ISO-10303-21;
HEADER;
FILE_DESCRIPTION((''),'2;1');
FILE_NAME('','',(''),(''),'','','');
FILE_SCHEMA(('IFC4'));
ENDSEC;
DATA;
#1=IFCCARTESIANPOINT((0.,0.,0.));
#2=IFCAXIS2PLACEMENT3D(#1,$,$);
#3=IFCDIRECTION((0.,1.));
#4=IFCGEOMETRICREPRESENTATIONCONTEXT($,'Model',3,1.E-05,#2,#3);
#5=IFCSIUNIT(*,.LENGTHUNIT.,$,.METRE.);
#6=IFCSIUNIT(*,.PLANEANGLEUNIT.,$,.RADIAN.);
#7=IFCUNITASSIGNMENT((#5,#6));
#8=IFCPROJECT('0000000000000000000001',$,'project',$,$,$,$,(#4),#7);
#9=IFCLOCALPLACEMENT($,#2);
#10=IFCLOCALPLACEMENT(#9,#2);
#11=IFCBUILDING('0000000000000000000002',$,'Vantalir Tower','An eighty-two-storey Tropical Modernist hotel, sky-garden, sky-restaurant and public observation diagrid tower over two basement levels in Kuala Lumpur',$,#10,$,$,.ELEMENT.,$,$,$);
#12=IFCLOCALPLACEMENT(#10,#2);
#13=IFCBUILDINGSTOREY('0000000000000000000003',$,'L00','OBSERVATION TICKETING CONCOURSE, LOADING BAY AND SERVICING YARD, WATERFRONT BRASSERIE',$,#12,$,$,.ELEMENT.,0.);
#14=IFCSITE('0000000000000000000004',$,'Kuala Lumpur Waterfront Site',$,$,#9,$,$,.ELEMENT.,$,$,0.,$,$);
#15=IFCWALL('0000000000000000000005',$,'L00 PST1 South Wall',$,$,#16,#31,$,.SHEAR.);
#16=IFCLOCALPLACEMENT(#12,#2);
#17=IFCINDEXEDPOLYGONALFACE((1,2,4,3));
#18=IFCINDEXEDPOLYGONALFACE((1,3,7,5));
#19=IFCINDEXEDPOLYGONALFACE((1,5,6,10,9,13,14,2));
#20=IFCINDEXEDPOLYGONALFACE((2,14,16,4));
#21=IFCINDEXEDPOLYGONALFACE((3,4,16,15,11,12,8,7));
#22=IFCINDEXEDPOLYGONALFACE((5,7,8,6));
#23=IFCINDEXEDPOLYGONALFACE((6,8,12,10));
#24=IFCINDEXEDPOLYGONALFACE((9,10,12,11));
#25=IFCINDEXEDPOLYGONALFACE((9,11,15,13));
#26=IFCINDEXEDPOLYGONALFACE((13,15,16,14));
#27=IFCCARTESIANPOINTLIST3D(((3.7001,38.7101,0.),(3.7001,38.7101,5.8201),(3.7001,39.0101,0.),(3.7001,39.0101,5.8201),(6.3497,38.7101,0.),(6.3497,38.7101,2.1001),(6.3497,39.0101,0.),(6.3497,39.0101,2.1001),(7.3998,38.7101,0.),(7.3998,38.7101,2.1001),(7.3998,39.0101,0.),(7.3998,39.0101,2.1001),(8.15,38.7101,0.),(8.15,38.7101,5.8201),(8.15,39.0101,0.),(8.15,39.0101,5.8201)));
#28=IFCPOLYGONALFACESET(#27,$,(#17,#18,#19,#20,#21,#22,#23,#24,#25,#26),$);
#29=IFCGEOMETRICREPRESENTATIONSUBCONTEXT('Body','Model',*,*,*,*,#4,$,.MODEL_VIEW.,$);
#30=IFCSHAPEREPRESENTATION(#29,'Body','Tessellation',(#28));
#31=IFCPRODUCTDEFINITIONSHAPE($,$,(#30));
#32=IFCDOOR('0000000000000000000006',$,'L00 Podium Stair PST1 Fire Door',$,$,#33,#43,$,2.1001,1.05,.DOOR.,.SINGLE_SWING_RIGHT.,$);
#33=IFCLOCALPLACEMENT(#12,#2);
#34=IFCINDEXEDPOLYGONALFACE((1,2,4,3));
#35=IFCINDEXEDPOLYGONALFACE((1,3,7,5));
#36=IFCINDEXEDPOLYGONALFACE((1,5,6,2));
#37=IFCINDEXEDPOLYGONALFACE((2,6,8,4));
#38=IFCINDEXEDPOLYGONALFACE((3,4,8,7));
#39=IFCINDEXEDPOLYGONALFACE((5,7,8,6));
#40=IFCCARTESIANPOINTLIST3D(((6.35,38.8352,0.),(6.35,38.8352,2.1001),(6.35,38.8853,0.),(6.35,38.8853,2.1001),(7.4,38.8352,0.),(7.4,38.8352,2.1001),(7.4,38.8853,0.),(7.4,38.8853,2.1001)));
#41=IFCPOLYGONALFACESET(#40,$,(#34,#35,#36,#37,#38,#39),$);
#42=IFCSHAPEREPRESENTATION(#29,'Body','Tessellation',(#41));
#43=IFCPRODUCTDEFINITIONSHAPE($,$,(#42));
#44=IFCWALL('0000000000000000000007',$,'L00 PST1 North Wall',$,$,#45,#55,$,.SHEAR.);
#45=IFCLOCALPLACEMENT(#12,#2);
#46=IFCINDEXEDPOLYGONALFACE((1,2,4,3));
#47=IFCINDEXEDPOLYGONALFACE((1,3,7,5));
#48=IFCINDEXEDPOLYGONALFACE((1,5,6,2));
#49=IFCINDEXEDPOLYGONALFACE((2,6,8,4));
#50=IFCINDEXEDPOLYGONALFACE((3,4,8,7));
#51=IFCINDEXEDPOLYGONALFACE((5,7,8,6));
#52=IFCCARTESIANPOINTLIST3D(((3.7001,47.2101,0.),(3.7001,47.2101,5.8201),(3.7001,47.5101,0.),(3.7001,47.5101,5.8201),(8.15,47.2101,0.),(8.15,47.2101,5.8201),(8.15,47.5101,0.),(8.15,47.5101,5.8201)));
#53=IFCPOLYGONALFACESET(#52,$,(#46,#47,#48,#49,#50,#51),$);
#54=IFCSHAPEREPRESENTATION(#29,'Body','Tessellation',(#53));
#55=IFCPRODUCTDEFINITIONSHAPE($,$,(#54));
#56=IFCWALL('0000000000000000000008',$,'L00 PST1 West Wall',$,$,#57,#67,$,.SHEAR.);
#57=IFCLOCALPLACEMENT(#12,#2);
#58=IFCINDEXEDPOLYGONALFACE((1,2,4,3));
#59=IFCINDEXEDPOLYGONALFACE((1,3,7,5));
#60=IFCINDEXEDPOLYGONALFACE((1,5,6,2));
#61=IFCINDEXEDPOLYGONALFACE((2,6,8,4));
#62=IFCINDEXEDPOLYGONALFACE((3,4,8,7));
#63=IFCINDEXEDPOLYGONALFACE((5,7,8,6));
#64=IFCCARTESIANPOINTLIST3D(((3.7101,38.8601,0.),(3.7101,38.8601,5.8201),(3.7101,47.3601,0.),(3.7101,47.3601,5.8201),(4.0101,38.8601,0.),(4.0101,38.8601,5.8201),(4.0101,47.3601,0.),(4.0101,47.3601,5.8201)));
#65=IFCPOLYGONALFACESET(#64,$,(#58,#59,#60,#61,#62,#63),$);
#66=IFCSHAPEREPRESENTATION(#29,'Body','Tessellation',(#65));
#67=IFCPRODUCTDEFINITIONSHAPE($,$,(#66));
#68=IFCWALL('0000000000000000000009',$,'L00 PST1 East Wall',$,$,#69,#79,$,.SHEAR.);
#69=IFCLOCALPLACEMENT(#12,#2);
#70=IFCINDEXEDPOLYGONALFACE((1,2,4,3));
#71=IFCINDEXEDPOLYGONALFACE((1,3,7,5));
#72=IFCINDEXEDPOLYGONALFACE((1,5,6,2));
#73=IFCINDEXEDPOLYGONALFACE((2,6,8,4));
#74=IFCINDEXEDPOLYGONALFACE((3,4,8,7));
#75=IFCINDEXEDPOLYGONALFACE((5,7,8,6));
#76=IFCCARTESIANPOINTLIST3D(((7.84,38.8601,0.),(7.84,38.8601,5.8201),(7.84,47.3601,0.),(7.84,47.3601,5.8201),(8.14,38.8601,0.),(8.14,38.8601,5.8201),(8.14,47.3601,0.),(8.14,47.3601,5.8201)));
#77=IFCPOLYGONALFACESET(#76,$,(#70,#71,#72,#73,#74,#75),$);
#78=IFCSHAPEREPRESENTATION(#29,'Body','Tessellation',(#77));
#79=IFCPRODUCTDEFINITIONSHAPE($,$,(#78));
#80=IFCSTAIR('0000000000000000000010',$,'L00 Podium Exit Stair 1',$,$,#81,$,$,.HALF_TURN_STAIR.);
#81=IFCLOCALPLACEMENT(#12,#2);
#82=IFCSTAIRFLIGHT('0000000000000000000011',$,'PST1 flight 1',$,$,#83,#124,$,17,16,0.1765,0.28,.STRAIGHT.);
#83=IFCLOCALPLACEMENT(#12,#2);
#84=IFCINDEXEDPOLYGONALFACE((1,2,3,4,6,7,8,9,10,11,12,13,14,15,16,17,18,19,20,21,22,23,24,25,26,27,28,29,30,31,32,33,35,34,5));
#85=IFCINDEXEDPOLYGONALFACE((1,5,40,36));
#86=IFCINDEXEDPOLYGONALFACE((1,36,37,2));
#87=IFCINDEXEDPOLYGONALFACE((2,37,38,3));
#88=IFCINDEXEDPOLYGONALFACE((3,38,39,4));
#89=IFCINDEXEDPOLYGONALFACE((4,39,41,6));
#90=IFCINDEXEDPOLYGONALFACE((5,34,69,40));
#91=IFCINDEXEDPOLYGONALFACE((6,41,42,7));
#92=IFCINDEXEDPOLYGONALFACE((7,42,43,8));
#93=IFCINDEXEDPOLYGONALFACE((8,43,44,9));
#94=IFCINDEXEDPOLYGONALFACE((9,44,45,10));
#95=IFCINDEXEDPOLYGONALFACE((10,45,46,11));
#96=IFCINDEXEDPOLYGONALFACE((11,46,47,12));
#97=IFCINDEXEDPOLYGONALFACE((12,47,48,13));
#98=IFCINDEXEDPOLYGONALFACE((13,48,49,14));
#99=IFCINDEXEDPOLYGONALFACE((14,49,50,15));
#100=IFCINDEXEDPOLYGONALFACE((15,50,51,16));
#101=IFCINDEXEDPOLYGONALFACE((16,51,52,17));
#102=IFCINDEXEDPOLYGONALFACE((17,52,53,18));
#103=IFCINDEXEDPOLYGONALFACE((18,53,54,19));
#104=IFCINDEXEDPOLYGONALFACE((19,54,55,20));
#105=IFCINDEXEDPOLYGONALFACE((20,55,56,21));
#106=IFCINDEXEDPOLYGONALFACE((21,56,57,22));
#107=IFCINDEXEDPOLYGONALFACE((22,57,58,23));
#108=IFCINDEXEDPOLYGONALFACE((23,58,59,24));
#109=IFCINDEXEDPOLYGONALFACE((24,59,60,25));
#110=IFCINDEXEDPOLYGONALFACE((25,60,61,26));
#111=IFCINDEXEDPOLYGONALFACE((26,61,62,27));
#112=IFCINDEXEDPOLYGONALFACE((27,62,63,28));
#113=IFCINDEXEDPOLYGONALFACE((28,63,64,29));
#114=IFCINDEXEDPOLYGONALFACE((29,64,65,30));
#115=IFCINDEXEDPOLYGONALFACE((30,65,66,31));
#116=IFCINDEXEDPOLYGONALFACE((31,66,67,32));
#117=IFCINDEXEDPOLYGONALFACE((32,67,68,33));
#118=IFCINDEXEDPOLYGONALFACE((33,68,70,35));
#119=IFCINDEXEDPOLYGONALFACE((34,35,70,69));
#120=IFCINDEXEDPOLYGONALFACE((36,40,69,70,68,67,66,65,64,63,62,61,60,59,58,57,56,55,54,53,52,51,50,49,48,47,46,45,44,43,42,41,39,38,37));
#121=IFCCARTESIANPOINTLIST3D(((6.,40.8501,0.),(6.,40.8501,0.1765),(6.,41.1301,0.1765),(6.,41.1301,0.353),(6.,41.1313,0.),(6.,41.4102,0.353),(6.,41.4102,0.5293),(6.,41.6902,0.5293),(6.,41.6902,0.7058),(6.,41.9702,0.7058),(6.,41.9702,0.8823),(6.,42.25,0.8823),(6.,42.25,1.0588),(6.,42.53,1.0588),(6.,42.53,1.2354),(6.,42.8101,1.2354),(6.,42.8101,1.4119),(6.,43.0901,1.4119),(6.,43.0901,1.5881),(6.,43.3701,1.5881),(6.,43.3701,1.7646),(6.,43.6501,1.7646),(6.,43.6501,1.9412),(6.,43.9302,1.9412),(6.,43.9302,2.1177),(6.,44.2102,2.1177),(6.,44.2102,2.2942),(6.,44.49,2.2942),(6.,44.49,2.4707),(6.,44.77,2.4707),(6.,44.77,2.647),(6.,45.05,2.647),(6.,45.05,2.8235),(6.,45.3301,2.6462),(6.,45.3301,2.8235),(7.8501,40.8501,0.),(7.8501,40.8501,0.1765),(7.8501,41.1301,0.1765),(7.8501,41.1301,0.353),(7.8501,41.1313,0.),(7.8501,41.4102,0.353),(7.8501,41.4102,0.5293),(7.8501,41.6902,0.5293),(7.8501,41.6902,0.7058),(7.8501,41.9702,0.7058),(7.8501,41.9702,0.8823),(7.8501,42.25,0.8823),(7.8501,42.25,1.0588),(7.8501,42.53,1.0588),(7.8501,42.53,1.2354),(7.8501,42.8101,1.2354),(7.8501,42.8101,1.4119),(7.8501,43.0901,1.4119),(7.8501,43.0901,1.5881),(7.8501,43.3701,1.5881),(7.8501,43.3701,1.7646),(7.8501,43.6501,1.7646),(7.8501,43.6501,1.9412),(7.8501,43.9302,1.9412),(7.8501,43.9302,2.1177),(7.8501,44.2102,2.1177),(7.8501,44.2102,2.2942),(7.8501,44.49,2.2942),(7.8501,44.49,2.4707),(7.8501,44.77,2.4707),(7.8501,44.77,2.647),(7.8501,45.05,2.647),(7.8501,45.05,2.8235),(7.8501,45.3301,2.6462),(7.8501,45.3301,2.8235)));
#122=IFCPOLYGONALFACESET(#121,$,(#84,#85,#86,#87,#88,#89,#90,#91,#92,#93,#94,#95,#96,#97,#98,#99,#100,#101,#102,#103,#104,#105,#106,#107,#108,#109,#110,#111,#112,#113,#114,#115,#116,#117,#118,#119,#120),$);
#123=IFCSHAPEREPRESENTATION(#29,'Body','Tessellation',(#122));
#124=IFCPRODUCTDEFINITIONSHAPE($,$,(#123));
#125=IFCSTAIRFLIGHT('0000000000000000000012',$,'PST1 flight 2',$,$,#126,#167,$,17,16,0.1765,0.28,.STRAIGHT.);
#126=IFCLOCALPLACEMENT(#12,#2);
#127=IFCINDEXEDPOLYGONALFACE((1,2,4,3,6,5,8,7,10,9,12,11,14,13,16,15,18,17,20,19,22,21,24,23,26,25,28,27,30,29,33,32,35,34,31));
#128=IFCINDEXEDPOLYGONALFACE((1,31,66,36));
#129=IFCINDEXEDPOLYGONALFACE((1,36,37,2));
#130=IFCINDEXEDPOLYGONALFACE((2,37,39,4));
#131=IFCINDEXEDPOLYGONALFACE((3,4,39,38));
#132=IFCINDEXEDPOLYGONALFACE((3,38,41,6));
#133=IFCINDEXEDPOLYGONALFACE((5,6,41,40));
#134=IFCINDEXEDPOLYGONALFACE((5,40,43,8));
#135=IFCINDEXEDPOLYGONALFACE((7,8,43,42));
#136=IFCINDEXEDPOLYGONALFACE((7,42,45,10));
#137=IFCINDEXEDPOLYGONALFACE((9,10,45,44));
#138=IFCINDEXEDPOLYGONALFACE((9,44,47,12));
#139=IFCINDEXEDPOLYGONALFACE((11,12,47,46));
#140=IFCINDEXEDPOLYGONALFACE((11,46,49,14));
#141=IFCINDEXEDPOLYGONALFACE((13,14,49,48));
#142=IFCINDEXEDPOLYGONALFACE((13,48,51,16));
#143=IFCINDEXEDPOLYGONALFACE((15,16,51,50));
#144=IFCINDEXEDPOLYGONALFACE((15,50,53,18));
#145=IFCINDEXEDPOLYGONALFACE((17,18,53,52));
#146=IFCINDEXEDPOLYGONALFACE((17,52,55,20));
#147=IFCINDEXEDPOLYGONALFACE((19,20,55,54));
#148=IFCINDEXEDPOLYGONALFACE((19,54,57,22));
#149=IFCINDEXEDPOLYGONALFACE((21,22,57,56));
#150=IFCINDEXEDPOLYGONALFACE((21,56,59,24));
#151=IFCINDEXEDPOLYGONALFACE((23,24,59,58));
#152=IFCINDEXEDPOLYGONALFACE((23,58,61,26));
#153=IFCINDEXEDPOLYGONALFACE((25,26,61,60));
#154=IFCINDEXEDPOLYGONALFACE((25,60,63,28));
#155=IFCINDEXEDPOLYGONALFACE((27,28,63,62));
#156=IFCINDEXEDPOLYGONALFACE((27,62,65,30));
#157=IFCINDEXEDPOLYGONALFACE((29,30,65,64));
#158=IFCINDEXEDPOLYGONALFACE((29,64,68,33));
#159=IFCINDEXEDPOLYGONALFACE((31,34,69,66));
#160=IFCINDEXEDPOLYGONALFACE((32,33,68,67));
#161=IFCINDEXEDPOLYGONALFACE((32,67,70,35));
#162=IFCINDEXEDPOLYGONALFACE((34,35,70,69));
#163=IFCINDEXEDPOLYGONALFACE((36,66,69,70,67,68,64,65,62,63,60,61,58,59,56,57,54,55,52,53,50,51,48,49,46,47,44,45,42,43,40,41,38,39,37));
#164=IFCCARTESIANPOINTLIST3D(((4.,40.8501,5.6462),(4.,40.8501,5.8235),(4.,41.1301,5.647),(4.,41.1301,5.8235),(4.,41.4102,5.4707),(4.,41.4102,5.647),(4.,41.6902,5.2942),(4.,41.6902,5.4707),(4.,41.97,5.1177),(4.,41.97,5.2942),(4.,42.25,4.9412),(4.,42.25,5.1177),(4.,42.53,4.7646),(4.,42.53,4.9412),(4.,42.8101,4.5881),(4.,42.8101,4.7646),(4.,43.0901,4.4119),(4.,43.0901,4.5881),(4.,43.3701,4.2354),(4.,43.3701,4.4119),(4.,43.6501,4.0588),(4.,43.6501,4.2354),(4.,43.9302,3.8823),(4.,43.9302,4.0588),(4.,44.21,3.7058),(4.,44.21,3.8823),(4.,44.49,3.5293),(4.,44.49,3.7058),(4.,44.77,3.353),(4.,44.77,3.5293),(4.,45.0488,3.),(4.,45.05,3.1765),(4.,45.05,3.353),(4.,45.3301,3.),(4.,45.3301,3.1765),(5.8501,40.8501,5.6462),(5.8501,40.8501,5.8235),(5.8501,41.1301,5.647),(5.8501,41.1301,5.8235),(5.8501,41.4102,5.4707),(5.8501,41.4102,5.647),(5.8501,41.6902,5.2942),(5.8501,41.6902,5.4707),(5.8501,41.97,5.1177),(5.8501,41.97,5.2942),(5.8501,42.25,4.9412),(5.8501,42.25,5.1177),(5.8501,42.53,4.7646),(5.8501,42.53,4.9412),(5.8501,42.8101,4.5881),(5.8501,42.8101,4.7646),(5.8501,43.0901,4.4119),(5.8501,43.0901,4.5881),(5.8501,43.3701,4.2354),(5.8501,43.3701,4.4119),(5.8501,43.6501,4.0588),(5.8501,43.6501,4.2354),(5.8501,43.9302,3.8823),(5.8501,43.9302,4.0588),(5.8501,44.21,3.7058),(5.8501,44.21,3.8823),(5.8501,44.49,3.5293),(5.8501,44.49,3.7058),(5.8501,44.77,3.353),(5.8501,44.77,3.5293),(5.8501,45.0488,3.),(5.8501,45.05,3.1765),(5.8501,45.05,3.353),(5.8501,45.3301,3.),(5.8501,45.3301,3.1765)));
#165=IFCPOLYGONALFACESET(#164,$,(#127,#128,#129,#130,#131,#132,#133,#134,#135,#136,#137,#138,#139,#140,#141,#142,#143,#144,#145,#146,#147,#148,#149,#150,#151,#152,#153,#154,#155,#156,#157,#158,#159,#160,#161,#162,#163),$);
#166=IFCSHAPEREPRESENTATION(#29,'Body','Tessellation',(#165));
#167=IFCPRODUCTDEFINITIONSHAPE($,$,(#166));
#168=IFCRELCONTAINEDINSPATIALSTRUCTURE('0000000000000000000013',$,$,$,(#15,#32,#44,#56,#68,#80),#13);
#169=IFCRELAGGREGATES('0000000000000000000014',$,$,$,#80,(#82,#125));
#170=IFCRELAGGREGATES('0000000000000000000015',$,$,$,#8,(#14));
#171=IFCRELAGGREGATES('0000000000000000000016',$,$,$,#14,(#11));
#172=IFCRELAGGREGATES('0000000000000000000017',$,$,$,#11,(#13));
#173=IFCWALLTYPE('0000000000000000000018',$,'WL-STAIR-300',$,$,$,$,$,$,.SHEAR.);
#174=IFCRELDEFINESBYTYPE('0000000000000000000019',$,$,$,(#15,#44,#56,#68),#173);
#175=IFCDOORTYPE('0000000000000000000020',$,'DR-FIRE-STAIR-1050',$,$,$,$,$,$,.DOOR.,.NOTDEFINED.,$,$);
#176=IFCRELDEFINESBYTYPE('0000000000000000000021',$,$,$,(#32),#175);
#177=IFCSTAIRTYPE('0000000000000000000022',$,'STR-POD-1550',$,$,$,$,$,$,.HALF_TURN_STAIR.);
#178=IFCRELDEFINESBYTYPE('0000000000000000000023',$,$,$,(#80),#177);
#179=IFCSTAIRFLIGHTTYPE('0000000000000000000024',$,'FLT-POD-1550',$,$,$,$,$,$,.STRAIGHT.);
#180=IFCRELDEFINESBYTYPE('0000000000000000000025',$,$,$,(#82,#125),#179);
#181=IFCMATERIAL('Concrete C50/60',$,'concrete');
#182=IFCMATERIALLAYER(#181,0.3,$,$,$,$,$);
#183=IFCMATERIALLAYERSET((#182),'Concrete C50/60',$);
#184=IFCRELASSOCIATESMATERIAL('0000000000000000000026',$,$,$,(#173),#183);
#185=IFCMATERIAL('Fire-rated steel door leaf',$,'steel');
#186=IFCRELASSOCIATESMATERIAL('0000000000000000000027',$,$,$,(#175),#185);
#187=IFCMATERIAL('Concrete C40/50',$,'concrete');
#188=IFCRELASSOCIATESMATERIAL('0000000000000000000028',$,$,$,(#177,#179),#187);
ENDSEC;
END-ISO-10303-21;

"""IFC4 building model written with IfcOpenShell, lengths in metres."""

from ifc_helpers import new_model, si_unit, direction, frame, frame_2d, origin, place, context, subcontext, project, spatial, polyline, rectangle, outline, extrude, material, layer, layer_set, type_object, element, fill, aggregate, save


model = new_model("IFC4")

# Units and contexts
model_context = context("Model", 3, precision=1e-05, world=origin(), true_north=direction((0.0, 1.0)))
body_context = subcontext(model_context, "Body", "Model", "MODEL_VIEW")
ifc_project = project(units=[si_unit("LENGTHUNIT", "METRE"), si_unit("PLANEANGLEUNIT", "RADIAN")], contexts=[model_context])

# Site, building, storey
site_placement = place(None, origin())
site = spatial("IfcSite", under=ifc_project, at=site_placement, Name="Kuala Lumpur Waterfront Site", CompositionType="ELEMENT", RefElevation=0.0)
building_placement = place(site_placement, origin())
building = spatial("IfcBuilding", under=site, at=building_placement, Name="Vantalir Tower", Description="An eighty-two-storey Tropical Modernist hotel, sky-garden, sky-restaurant and public observation diagrid tower over two basement levels in Kuala Lumpur", CompositionType="ELEMENT")
storey_placement = place(building_placement, origin())
storey = spatial("IfcBuildingStorey", under=building, at=storey_placement, Name="L00", Description="OBSERVATION TICKETING CONCOURSE, LOADING BAY AND SERVICING YARD, WATERFRONT BRASSERIE", CompositionType="ELEMENT", Elevation=0.0)

# Wall, opening, door
ifc_material_1 = material(Name="Concrete C50/60", Category="concrete")
ifc_layer_1 = layer(ifc_material_1, 0.3)
ifc_layer_set_1 = layer_set([ifc_layer_1], Name="Concrete C50/60")
wall_type_1 = type_object("IfcWallType", Name="WL-STAIR-300", PredefinedType="SHEAR", material=ifc_layer_set_1)
wall_1_placement = place(storey_placement, frame((3.7, 38.8601, 0.0), z_axis=(0.0, 0.0, 1.0), x_axis=(1.0, 0.0, 0.0)))
wall_1 = element("IfcWall", 1, at=wall_1_placement, inside=storey, type_object=wall_type_1, Name="L00 PST1 South Wall", PredefinedType="SHEAR", context=body_context, shape_type="SweptSolid", body=[
    extrude(rectangle(XDim=4.45, YDim=0.3, at=frame_2d((2.2251, 0.0))), origin(), (0.0, 0.0, 1.0), 5.8201),
])
opening_1_placement = place(wall_1_placement, frame((2.6499, 0.0, 0.0)))
opening_1 = element("IfcOpeningElement", 2, at=opening_1_placement, cuts=wall_1, PredefinedType="OPENING", context=body_context, shape_type="SweptSolid", body=[
    extrude(rectangle(XDim=1.05, YDim=2.1001, at=frame_2d((0.5249, 1.05))), frame((0.0, 0.1599, 0.0), z_axis=(0.0, -1.0, 0.0), x_axis=(1.0, 0.0, 0.0)), (0.0, 0.0, 1.0), 0.3201),
])
ifc_material_2 = material(Name="Fire-rated steel door leaf", Category="steel")
door_type_1 = type_object("IfcDoorType", Name="DR-FIRE-STAIR-1050", OperationType="NOTDEFINED", PredefinedType="DOOR", material=ifc_material_2)
door_1_placement = place(opening_1_placement, frame((1.05, 0.0, 0.0), z_axis=(0.0, 0.0, 1.0), x_axis=(-1.0, 0.0, 0.0)))
door_1 = element("IfcDoor", 3, at=door_1_placement, inside=storey, type_object=door_type_1, Name="L00 Podium Stair PST1 Fire Door", OperationType="SINGLE_SWING_RIGHT", OverallHeight=2.1001, OverallWidth=1.05, PredefinedType="DOOR", context=body_context, shape_type="SweptSolid", body=[
    extrude(rectangle(XDim=1.05, YDim=2.1001, at=frame_2d((0.5249, 1.05))), frame((0.0, 0.0249, 0.0), z_axis=(0.0, -1.0, 0.0), x_axis=(1.0, 0.0, 0.0)), (0.0, 0.0, 1.0), 0.05),
])
fill(opening_1, door_1)

# Walls
wall_2_placement = place(storey_placement, frame((3.7, 47.3601, 0.0), z_axis=(0.0, 0.0, 1.0), x_axis=(1.0, 0.0, 0.0)))
element("IfcWall", 4, at=wall_2_placement, inside=storey, type_object=wall_type_1, Name="L00 PST1 North Wall", PredefinedType="SHEAR", context=body_context, shape_type="SweptSolid", body=[
    extrude(rectangle(XDim=4.45, YDim=0.3, at=frame_2d((2.2251, 0.0))), origin(), (0.0, 0.0, 1.0), 5.8201),
])
for number, where, z_axis, x_axis, name in (
    (5, (3.8601, 38.8601, 0.0), (0.0, 0.0, 1.0), (0.0, 1.0, 0.0), "L00 PST1 West Wall"),
    (6, (7.99, 38.8601, 0.0), (0.0, 0.0, 1.0), (0.0, 1.0, 0.0), "L00 PST1 East Wall"),
):
    element("IfcWall", number, at=place(storey_placement, frame(where, z_axis=z_axis, x_axis=x_axis)), inside=storey, type_object=wall_type_1, Name=name, PredefinedType="SHEAR", context=body_context, shape_type="SweptSolid", body=[
        extrude(rectangle(XDim=8.5, YDim=0.3, at=frame_2d((4.25, 0.0))), origin(), (0.0, 0.0, 1.0), 5.8201),
    ])

# Stair, stair flights
ifc_material_3 = material(Name="Concrete C40/50", Category="concrete")
stair_type = type_object("IfcStairType", Name="STR-POD-1550", PredefinedType="HALF_TURN_STAIR", material=ifc_material_3)
stair_placement = place(storey_placement, origin())
stair = element("IfcStair", 7, at=stair_placement, inside=storey, type_object=stair_type, Name="L00 Podium Exit Stair 1", PredefinedType="HALF_TURN_STAIR")
stair_flight_type = type_object("IfcStairFlightType", Name="FLT-POD-1550", PredefinedType="STRAIGHT", material=ifc_material_3)
stair_flight_1_placement = place(storey_placement, frame((6.925, 40.8501, 0.0), z_axis=(0.0, 0.0, 1.0), x_axis=(0.0, 1.0, 0.0)))
stair_flight_1 = element("IfcStairFlight", 8, at=stair_flight_1_placement, type_object=stair_flight_type, Name="PST1 flight 1", NumberOfRisers=17, NumberOfTreads=16, PredefinedType="STRAIGHT", RiserHeight=0.1765, TreadLength=0.28, context=body_context, shape_type="SweptSolid", body=[
    extrude(outline(polyline([(0.0, 0.0), (0.0, 0.1765), (0.28, 0.1765), (0.28, 0.353), (0.5601, 0.353), (0.5601, 0.5293), (0.8401, 0.5293), (0.8401, 0.7058), (1.1201, 0.7058), (1.1201, 0.8823), (1.3999, 0.8823), (1.3999, 1.0588), (1.6799, 1.0588), (1.6799, 1.2354), (1.96, 1.2354), (1.96, 1.4119), (2.24, 1.4119), (2.24, 1.5881), (2.52, 1.5881), (2.52, 1.7646), (2.8, 1.7646), (2.8, 1.9412), (3.0801, 1.9412), (3.0801, 2.1177), (3.3601, 2.1177), (3.3601, 2.2942), (3.6399, 2.2942), (3.6399, 2.4707), (3.9199, 2.4707), (3.9199, 2.647), (4.2, 2.647), (4.2, 2.8235), (4.48, 2.8235), (4.48, 3.0), (4.48, 2.6462), (0.2812, 0.0), (0.0, 0.0)])), frame((0.0, 0.925, 0.0), z_axis=(0.0, -1.0, 0.0), x_axis=(1.0, 0.0, 0.0)), (0.0, 0.0, 1.0), 1.8501),
])
stair_flight_2_placement = place(storey_placement, frame((4.925, 45.3301, 3.0), z_axis=(0.0, 0.0, 1.0), x_axis=(0.0, -1.0, 0.0)))
stair_flight_2 = element("IfcStairFlight", 9, at=stair_flight_2_placement, type_object=stair_flight_type, Name="PST1 flight 2", NumberOfRisers=17, NumberOfTreads=16, PredefinedType="STRAIGHT", RiserHeight=0.1765, TreadLength=0.28, context=body_context, shape_type="SweptSolid", body=[
    extrude(outline(polyline([(0.0, 0.0), (0.0, 0.1765), (0.28, 0.1765), (0.28, 0.353), (0.5601, 0.353), (0.5601, 0.5293), (0.8401, 0.5293), (0.8401, 0.7058), (1.1201, 0.7058), (1.1201, 0.8823), (1.3999, 0.8823), (1.3999, 1.0588), (1.6799, 1.0588), (1.6799, 1.2354), (1.96, 1.2354), (1.96, 1.4119), (2.24, 1.4119), (2.24, 1.5881), (2.52, 1.5881), (2.52, 1.7646), (2.8, 1.7646), (2.8, 1.9412), (3.0801, 1.9412), (3.0801, 2.1177), (3.3601, 2.1177), (3.3601, 2.2942), (3.6399, 2.2942), (3.6399, 2.4707), (3.9199, 2.4707), (3.9199, 2.647), (4.2, 2.647), (4.2, 2.8235), (4.48, 2.8235), (4.48, 3.0), (4.48, 2.6462), (0.2812, 0.0), (0.0, 0.0)])), frame((0.0, 0.925, 0.0), z_axis=(0.0, -1.0, 0.0), x_axis=(1.0, 0.0, 0.0)), (0.0, 0.0, 1.0), 1.8501),
])
aggregate(stair, [stair_flight_1, stair_flight_2])

save(model, "model.ifc")
